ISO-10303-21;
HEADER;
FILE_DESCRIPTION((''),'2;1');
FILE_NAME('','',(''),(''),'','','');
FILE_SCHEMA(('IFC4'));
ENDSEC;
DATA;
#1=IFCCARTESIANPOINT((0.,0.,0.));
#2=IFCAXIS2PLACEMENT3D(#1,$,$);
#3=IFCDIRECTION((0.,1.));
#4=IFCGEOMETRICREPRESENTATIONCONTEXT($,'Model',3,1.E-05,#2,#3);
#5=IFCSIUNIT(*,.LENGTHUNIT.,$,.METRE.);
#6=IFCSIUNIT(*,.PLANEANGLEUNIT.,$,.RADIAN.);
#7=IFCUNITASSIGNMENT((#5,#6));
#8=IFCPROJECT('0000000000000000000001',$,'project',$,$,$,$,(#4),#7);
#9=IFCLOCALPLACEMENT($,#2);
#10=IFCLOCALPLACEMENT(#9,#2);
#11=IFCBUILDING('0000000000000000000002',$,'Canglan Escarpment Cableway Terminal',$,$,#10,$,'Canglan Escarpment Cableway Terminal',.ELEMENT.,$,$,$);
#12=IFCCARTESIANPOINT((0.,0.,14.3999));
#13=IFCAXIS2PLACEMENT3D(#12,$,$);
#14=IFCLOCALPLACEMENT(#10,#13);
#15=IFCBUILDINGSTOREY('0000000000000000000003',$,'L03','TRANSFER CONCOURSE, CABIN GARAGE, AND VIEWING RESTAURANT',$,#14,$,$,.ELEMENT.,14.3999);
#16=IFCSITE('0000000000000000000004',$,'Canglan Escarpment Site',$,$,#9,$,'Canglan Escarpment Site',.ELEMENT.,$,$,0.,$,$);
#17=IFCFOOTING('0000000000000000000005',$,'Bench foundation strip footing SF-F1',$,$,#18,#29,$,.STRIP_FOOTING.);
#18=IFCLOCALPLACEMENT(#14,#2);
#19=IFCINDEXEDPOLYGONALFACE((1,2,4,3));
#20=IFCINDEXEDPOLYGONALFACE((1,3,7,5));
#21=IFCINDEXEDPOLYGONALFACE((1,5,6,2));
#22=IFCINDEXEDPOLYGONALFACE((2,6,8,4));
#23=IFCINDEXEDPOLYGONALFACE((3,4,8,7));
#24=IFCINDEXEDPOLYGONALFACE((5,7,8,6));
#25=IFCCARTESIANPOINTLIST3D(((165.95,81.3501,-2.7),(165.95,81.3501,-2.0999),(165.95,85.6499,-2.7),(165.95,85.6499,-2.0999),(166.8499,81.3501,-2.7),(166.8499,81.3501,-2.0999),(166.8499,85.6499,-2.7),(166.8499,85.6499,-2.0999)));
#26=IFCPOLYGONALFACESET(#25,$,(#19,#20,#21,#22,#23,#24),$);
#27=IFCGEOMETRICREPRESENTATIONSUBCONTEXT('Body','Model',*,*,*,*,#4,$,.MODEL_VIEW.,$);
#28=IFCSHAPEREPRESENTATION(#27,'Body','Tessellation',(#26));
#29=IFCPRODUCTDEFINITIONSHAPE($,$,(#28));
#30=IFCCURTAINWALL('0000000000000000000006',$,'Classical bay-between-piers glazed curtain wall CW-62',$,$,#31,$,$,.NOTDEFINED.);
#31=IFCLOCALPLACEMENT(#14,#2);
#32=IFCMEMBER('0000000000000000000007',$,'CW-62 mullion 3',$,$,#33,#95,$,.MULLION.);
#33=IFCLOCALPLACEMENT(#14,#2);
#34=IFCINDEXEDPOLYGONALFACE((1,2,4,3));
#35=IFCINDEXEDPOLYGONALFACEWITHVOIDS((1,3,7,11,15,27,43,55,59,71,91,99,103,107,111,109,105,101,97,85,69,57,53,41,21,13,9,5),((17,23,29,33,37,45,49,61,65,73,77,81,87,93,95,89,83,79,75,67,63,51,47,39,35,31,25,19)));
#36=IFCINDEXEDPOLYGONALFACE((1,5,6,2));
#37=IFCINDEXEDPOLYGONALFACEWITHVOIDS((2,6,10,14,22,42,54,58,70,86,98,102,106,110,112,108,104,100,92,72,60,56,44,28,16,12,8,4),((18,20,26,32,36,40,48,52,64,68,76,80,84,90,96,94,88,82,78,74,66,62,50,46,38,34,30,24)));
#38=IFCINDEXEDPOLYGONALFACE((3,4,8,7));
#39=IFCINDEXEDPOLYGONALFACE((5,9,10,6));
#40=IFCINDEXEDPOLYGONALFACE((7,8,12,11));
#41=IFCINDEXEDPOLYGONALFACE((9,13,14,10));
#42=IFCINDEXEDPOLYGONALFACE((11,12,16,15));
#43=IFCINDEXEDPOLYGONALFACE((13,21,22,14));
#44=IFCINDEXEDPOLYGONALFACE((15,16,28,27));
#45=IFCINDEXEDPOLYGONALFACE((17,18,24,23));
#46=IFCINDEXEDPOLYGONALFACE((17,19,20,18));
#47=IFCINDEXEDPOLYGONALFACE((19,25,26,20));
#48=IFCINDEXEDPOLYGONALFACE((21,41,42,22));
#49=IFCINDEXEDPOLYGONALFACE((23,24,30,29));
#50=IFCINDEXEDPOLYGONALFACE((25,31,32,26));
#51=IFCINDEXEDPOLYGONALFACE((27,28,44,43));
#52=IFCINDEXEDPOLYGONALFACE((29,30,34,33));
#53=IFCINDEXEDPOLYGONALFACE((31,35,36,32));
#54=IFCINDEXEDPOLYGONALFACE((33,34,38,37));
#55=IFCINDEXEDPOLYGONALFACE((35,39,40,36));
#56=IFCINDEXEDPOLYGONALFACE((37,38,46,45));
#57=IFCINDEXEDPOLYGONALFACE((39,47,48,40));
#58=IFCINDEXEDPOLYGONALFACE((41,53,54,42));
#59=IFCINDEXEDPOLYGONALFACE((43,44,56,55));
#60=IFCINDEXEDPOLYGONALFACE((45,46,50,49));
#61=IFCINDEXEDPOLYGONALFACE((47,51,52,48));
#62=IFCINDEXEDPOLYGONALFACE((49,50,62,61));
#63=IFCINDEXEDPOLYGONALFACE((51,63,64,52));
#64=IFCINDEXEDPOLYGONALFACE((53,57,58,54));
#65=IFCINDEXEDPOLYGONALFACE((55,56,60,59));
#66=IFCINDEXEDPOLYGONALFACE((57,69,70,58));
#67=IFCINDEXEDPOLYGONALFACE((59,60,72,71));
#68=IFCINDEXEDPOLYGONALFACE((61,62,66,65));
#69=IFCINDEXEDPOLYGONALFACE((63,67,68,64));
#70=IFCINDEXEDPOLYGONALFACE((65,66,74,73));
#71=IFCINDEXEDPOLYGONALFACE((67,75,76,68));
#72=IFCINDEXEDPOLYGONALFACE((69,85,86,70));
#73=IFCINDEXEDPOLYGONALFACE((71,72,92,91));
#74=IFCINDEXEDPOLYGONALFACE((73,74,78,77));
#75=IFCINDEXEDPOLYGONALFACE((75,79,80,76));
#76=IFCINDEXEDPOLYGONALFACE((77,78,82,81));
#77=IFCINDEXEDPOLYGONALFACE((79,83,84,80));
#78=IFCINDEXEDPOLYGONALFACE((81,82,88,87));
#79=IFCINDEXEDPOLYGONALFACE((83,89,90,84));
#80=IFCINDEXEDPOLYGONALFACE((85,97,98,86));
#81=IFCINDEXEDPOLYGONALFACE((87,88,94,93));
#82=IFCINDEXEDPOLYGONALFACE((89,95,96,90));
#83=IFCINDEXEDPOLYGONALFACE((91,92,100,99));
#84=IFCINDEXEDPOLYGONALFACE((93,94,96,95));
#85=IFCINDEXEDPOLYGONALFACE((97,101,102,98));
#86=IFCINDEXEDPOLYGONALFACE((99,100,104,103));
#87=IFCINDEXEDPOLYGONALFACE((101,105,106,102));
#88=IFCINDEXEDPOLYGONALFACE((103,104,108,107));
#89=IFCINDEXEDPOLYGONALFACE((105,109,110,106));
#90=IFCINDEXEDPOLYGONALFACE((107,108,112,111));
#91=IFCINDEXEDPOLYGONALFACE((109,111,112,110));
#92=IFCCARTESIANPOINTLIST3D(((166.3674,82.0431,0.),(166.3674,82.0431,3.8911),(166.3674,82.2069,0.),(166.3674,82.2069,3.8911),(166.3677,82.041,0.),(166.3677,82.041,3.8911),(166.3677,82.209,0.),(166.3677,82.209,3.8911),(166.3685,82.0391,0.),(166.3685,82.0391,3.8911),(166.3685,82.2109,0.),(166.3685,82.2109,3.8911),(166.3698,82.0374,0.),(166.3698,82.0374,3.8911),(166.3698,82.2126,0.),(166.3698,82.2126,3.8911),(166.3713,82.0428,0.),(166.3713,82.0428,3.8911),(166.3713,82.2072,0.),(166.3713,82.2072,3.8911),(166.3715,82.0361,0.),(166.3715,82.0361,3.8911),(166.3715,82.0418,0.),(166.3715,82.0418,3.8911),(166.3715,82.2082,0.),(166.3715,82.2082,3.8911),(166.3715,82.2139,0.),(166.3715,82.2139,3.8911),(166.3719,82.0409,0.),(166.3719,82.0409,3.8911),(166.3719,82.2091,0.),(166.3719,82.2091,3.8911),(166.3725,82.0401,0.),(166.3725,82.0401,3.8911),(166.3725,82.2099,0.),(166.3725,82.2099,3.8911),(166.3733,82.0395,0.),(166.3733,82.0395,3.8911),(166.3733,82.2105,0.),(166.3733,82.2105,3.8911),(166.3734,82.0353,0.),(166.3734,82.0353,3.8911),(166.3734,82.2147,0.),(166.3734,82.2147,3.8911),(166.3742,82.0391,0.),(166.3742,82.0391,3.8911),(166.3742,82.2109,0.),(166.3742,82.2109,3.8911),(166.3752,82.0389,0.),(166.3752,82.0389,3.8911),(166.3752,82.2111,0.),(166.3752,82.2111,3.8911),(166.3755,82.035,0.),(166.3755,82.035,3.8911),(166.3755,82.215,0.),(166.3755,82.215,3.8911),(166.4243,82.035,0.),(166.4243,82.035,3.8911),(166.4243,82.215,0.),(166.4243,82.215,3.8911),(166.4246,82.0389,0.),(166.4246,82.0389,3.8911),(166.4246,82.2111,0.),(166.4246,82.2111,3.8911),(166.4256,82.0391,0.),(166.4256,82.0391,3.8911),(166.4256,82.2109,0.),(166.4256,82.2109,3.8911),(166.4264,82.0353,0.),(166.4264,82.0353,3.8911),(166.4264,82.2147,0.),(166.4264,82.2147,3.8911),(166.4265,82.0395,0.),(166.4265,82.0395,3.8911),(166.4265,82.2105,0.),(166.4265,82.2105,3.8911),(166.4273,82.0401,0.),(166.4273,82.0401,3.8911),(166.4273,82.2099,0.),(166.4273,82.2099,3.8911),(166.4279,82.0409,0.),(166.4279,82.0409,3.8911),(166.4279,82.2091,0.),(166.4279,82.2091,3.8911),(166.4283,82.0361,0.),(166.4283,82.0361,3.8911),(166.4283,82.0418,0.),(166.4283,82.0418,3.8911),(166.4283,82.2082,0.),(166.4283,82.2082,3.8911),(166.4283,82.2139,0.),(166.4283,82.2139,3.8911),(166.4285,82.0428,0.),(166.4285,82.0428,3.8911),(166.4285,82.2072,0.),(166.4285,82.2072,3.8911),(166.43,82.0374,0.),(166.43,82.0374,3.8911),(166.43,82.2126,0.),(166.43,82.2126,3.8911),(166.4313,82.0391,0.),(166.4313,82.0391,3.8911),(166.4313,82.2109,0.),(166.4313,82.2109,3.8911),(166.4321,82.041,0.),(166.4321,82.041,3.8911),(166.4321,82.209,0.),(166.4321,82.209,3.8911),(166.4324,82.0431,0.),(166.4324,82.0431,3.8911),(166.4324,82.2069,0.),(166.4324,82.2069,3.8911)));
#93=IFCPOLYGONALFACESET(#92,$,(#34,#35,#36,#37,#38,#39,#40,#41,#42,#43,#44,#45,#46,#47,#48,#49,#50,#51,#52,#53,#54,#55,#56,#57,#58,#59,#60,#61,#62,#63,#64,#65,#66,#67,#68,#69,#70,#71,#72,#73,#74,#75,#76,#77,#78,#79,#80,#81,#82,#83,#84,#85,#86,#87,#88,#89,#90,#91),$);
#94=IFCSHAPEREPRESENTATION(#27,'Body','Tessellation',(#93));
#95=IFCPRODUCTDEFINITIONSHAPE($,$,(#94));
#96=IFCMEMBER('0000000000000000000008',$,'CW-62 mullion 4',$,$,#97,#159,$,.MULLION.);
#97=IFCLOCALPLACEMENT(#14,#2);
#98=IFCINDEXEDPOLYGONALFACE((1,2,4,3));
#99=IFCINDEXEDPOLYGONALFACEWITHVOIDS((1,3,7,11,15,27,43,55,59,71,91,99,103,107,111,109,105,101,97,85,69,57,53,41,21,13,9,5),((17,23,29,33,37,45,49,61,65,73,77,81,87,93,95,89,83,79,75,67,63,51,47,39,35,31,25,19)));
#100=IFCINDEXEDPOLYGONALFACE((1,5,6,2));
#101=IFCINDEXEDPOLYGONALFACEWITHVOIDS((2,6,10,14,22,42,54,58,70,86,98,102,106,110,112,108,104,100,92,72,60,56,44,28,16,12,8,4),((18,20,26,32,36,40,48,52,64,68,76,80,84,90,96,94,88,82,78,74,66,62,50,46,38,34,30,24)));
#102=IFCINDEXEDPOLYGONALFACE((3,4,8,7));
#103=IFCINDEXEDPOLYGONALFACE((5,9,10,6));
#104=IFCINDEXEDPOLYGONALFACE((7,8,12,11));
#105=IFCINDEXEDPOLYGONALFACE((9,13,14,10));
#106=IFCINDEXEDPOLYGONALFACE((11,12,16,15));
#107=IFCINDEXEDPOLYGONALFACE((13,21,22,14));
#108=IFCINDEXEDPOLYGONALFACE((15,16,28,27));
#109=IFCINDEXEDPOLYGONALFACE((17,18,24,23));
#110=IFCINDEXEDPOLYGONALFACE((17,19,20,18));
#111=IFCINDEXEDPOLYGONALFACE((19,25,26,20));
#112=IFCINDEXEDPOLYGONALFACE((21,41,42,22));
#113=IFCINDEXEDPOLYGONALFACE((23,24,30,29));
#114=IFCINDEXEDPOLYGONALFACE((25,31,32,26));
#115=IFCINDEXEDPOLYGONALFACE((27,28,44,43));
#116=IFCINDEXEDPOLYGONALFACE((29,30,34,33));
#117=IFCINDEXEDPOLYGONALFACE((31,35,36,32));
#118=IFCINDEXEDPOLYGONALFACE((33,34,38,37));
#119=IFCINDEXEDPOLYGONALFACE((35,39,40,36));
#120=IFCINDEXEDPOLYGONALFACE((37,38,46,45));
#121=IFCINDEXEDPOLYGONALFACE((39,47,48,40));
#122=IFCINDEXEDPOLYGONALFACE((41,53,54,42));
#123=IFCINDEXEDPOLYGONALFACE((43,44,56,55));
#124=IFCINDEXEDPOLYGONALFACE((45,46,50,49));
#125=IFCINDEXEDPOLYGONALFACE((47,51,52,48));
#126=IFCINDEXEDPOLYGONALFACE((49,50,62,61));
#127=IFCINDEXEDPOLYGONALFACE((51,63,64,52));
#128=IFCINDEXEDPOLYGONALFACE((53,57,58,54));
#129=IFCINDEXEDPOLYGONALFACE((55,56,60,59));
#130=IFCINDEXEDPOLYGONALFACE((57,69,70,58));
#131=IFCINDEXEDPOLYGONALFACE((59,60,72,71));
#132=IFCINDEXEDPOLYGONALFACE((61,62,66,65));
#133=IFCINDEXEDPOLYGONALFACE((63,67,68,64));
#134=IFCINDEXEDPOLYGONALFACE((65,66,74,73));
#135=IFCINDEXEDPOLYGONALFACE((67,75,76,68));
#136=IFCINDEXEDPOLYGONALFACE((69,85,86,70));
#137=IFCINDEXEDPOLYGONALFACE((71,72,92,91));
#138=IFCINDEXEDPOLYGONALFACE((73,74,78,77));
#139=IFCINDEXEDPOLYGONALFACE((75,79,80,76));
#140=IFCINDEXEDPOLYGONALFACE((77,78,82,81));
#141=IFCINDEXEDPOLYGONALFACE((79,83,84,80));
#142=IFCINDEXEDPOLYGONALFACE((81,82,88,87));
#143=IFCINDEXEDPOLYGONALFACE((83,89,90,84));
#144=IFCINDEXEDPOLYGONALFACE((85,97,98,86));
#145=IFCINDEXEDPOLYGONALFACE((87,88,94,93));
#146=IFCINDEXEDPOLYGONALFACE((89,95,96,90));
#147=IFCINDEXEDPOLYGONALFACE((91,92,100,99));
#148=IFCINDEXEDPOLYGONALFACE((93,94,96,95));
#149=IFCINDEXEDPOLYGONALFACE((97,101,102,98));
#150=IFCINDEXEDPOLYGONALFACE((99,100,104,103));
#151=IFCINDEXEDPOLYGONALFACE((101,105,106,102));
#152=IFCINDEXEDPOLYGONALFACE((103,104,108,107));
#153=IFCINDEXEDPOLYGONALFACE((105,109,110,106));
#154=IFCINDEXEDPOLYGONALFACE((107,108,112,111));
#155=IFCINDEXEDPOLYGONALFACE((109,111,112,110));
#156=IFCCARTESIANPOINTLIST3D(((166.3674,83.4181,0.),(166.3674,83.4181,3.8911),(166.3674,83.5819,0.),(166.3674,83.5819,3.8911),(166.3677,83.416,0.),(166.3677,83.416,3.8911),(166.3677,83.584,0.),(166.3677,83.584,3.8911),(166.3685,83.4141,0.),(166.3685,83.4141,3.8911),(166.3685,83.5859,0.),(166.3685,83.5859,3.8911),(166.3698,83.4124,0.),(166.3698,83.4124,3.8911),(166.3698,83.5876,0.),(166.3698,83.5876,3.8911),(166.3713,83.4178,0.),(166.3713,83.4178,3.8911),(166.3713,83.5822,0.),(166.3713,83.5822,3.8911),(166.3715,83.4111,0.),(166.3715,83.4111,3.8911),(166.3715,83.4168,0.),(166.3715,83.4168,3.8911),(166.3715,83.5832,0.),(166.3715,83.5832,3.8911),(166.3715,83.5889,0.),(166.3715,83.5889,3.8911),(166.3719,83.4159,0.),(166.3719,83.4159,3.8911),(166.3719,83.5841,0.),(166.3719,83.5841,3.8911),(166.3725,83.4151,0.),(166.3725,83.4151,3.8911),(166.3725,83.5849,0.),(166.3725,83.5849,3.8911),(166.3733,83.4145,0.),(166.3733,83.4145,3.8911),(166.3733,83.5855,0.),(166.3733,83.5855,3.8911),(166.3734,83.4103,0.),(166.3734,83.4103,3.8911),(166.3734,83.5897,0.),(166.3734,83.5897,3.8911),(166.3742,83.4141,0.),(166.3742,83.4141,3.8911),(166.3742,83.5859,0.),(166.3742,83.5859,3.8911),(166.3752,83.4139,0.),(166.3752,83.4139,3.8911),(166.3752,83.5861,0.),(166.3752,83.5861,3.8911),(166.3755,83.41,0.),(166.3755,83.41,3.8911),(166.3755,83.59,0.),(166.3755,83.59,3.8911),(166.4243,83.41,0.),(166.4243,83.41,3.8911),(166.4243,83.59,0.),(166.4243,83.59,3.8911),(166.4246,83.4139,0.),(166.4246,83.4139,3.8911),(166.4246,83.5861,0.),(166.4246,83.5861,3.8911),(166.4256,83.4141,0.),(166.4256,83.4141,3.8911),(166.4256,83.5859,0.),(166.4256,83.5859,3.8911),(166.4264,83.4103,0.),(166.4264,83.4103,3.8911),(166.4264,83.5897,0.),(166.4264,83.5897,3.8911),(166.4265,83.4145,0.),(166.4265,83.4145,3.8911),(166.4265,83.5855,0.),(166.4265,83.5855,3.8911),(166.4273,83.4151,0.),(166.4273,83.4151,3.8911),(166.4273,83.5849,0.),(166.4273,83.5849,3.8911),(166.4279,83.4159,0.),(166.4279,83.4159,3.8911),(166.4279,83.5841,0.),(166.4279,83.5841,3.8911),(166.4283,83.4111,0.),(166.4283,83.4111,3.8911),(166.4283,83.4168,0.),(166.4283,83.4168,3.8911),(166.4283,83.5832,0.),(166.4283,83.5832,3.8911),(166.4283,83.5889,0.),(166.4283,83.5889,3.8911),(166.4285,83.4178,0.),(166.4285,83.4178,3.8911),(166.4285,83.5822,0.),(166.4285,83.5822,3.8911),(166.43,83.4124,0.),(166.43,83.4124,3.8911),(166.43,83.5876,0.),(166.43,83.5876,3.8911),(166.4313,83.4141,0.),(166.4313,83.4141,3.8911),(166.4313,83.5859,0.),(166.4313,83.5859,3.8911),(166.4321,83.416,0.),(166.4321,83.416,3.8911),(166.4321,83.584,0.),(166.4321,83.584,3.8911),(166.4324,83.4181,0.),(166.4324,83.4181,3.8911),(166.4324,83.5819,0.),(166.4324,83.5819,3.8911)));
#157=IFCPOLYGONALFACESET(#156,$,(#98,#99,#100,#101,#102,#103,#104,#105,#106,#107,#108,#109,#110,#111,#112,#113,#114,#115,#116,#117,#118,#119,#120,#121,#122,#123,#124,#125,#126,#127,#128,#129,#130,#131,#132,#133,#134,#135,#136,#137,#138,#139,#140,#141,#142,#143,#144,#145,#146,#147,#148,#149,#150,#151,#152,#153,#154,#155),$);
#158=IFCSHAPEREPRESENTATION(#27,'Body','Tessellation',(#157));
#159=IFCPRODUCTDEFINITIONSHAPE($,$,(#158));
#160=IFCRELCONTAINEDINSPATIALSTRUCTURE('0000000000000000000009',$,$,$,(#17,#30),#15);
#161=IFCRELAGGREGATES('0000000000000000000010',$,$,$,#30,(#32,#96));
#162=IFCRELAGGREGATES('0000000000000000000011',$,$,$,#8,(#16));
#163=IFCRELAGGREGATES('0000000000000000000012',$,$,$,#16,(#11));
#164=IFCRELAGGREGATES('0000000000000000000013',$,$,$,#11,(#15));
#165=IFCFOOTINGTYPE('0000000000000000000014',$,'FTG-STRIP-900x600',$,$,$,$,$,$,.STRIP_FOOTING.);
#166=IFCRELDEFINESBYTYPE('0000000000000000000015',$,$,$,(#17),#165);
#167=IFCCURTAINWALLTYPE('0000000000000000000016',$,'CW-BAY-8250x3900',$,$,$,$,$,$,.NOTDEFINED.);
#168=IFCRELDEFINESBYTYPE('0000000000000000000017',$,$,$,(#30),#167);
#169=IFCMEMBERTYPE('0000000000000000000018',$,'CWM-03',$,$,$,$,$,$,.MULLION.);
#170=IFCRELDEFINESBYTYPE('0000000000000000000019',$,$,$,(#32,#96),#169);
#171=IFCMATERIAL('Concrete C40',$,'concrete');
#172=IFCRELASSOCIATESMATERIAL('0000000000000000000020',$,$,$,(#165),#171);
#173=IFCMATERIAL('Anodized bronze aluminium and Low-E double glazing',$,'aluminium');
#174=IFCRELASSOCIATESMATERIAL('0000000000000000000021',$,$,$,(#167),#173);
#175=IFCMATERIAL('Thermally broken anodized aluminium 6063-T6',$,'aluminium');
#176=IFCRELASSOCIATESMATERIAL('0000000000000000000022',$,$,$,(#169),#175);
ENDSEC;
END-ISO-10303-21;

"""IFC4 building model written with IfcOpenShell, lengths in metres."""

from ifc_helpers import new_model, si_unit, direction, frame, origin, origin_2d, place, context, subcontext, project, spatial, rectangle, hollow_rectangle, extrude, material, material_profile, profile_set, type_object, element, aggregate, save


model = new_model("IFC4")

# Units and contexts
model_context = context("Model", 3, precision=1e-05, world=origin(), true_north=direction((0.0, 1.0)))
body_context = subcontext(model_context, "Body", "Model", "MODEL_VIEW")
ifc_project = project(units=[si_unit("LENGTHUNIT", "METRE"), si_unit("PLANEANGLEUNIT", "RADIAN")], contexts=[model_context])

# Site, building, storey
site_placement = place(None, origin())
site = spatial("IfcSite", under=ifc_project, at=site_placement, Name="Canglan Escarpment Site", LongName="Canglan Escarpment Site", CompositionType="ELEMENT", RefElevation=0.0)
building_placement = place(site_placement, origin())
building = spatial("IfcBuilding", under=site, at=building_placement, Name="Canglan Escarpment Cableway Terminal", LongName="Canglan Escarpment Cableway Terminal", CompositionType="ELEMENT")
storey_placement = place(building_placement, frame((0.0, 0.0, 14.3999)))
storey = spatial("IfcBuildingStorey", under=building, at=storey_placement, Name="L03", Description="TRANSFER CONCOURSE, CABIN GARAGE, AND VIEWING RESTAURANT", CompositionType="ELEMENT", Elevation=14.3999)

# Footing
ifc_material_1 = material(Name="Concrete C40", Category="concrete")
ifc_material_profile_1 = material_profile(ifc_material_1, rectangle(XDim=0.8999, YDim=0.6001, at=origin_2d()), Name="SF 900x600")
ifc_profile_set_1 = profile_set([ifc_material_profile_1], Name="Concrete C40")
footing_type = type_object("IfcFootingType", Name="FTG-STRIP-900x600", PredefinedType="STRIP_FOOTING", material=ifc_profile_set_1)
footing_placement = place(storey_placement, frame((166.3999, 81.3501, -2.3999), z_axis=(0.0, 1.0, 0.0), x_axis=(-1.0, 0.0, 0.0)))
element("IfcFooting", 1, at=footing_placement, inside=storey, type_object=footing_type, Name="Bench foundation strip footing SF-F1", PredefinedType="STRIP_FOOTING", context=body_context, shape_type="SweptSolid", body=[
    extrude(rectangle(XDim=0.8999, YDim=0.6001, at=origin_2d()), origin(), (0.0, 0.0, 1.0), 4.2998),
])

# Curtain wall, members
ifc_material_2 = material(Name="Anodized bronze aluminium and Low-E double glazing", Category="aluminium")
curtain_wall_type = type_object("IfcCurtainWallType", Name="CW-BAY-8250x3900", PredefinedType="NOTDEFINED", material=ifc_material_2)
curtain_wall_placement = place(storey_placement, origin())
curtain_wall = element("IfcCurtainWall", 2, at=curtain_wall_placement, inside=storey, type_object=curtain_wall_type, Name="Classical bay-between-piers glazed curtain wall CW-62", PredefinedType="NOTDEFINED")
ifc_material_3 = material(Name="Thermally broken anodized aluminium 6063-T6", Category="aluminium")
ifc_material_profile_2 = material_profile(ifc_material_3, hollow_rectangle(XDim=0.0649, YDim=0.1799, WallThickness=0.0039, InnerFilletRadius=0.0039, OuterFilletRadius=0.0081, at=origin_2d()), Name="ALU-MULL 65x180x4")
ifc_profile_set_2 = profile_set([ifc_material_profile_2], Name="Thermally broken anodized aluminium 6063-T6")
member_type_1 = type_object("IfcMemberType", Name="CWM-03", PredefinedType="MULLION", material=ifc_profile_set_2)
member_1_placement = place(storey_placement, frame((166.3999, 82.125, 0.0), z_axis=(0.0, 0.0, 1.0), x_axis=(-1.0, 0.0, 0.0)))
member_1 = element("IfcMember", 3, at=member_1_placement, type_object=member_type_1, Name="CW-62 mullion 3", PredefinedType="MULLION", context=body_context, shape_type="SweptSolid", body=[
    extrude(hollow_rectangle(XDim=0.0649, YDim=0.1799, WallThickness=0.0039, InnerFilletRadius=0.0039, OuterFilletRadius=0.0081, at=origin_2d()), origin(), (0.0, 0.0, 1.0), 3.8911),
])
member_2_placement = place(storey_placement, frame((166.3999, 83.5, 0.0), z_axis=(0.0, 0.0, 1.0), x_axis=(-1.0, 0.0, 0.0)))
member_2 = element("IfcMember", 4, at=member_2_placement, type_object=member_type_1, Name="CW-62 mullion 4", PredefinedType="MULLION", context=body_context, shape_type="SweptSolid", body=[
    extrude(hollow_rectangle(XDim=0.0649, YDim=0.1799, WallThickness=0.0039, InnerFilletRadius=0.0039, OuterFilletRadius=0.0081, at=origin_2d()), origin(), (0.0, 0.0, 1.0), 3.8911),
])
aggregate(curtain_wall, [member_1, member_2])

save(model, "model.ifc")
